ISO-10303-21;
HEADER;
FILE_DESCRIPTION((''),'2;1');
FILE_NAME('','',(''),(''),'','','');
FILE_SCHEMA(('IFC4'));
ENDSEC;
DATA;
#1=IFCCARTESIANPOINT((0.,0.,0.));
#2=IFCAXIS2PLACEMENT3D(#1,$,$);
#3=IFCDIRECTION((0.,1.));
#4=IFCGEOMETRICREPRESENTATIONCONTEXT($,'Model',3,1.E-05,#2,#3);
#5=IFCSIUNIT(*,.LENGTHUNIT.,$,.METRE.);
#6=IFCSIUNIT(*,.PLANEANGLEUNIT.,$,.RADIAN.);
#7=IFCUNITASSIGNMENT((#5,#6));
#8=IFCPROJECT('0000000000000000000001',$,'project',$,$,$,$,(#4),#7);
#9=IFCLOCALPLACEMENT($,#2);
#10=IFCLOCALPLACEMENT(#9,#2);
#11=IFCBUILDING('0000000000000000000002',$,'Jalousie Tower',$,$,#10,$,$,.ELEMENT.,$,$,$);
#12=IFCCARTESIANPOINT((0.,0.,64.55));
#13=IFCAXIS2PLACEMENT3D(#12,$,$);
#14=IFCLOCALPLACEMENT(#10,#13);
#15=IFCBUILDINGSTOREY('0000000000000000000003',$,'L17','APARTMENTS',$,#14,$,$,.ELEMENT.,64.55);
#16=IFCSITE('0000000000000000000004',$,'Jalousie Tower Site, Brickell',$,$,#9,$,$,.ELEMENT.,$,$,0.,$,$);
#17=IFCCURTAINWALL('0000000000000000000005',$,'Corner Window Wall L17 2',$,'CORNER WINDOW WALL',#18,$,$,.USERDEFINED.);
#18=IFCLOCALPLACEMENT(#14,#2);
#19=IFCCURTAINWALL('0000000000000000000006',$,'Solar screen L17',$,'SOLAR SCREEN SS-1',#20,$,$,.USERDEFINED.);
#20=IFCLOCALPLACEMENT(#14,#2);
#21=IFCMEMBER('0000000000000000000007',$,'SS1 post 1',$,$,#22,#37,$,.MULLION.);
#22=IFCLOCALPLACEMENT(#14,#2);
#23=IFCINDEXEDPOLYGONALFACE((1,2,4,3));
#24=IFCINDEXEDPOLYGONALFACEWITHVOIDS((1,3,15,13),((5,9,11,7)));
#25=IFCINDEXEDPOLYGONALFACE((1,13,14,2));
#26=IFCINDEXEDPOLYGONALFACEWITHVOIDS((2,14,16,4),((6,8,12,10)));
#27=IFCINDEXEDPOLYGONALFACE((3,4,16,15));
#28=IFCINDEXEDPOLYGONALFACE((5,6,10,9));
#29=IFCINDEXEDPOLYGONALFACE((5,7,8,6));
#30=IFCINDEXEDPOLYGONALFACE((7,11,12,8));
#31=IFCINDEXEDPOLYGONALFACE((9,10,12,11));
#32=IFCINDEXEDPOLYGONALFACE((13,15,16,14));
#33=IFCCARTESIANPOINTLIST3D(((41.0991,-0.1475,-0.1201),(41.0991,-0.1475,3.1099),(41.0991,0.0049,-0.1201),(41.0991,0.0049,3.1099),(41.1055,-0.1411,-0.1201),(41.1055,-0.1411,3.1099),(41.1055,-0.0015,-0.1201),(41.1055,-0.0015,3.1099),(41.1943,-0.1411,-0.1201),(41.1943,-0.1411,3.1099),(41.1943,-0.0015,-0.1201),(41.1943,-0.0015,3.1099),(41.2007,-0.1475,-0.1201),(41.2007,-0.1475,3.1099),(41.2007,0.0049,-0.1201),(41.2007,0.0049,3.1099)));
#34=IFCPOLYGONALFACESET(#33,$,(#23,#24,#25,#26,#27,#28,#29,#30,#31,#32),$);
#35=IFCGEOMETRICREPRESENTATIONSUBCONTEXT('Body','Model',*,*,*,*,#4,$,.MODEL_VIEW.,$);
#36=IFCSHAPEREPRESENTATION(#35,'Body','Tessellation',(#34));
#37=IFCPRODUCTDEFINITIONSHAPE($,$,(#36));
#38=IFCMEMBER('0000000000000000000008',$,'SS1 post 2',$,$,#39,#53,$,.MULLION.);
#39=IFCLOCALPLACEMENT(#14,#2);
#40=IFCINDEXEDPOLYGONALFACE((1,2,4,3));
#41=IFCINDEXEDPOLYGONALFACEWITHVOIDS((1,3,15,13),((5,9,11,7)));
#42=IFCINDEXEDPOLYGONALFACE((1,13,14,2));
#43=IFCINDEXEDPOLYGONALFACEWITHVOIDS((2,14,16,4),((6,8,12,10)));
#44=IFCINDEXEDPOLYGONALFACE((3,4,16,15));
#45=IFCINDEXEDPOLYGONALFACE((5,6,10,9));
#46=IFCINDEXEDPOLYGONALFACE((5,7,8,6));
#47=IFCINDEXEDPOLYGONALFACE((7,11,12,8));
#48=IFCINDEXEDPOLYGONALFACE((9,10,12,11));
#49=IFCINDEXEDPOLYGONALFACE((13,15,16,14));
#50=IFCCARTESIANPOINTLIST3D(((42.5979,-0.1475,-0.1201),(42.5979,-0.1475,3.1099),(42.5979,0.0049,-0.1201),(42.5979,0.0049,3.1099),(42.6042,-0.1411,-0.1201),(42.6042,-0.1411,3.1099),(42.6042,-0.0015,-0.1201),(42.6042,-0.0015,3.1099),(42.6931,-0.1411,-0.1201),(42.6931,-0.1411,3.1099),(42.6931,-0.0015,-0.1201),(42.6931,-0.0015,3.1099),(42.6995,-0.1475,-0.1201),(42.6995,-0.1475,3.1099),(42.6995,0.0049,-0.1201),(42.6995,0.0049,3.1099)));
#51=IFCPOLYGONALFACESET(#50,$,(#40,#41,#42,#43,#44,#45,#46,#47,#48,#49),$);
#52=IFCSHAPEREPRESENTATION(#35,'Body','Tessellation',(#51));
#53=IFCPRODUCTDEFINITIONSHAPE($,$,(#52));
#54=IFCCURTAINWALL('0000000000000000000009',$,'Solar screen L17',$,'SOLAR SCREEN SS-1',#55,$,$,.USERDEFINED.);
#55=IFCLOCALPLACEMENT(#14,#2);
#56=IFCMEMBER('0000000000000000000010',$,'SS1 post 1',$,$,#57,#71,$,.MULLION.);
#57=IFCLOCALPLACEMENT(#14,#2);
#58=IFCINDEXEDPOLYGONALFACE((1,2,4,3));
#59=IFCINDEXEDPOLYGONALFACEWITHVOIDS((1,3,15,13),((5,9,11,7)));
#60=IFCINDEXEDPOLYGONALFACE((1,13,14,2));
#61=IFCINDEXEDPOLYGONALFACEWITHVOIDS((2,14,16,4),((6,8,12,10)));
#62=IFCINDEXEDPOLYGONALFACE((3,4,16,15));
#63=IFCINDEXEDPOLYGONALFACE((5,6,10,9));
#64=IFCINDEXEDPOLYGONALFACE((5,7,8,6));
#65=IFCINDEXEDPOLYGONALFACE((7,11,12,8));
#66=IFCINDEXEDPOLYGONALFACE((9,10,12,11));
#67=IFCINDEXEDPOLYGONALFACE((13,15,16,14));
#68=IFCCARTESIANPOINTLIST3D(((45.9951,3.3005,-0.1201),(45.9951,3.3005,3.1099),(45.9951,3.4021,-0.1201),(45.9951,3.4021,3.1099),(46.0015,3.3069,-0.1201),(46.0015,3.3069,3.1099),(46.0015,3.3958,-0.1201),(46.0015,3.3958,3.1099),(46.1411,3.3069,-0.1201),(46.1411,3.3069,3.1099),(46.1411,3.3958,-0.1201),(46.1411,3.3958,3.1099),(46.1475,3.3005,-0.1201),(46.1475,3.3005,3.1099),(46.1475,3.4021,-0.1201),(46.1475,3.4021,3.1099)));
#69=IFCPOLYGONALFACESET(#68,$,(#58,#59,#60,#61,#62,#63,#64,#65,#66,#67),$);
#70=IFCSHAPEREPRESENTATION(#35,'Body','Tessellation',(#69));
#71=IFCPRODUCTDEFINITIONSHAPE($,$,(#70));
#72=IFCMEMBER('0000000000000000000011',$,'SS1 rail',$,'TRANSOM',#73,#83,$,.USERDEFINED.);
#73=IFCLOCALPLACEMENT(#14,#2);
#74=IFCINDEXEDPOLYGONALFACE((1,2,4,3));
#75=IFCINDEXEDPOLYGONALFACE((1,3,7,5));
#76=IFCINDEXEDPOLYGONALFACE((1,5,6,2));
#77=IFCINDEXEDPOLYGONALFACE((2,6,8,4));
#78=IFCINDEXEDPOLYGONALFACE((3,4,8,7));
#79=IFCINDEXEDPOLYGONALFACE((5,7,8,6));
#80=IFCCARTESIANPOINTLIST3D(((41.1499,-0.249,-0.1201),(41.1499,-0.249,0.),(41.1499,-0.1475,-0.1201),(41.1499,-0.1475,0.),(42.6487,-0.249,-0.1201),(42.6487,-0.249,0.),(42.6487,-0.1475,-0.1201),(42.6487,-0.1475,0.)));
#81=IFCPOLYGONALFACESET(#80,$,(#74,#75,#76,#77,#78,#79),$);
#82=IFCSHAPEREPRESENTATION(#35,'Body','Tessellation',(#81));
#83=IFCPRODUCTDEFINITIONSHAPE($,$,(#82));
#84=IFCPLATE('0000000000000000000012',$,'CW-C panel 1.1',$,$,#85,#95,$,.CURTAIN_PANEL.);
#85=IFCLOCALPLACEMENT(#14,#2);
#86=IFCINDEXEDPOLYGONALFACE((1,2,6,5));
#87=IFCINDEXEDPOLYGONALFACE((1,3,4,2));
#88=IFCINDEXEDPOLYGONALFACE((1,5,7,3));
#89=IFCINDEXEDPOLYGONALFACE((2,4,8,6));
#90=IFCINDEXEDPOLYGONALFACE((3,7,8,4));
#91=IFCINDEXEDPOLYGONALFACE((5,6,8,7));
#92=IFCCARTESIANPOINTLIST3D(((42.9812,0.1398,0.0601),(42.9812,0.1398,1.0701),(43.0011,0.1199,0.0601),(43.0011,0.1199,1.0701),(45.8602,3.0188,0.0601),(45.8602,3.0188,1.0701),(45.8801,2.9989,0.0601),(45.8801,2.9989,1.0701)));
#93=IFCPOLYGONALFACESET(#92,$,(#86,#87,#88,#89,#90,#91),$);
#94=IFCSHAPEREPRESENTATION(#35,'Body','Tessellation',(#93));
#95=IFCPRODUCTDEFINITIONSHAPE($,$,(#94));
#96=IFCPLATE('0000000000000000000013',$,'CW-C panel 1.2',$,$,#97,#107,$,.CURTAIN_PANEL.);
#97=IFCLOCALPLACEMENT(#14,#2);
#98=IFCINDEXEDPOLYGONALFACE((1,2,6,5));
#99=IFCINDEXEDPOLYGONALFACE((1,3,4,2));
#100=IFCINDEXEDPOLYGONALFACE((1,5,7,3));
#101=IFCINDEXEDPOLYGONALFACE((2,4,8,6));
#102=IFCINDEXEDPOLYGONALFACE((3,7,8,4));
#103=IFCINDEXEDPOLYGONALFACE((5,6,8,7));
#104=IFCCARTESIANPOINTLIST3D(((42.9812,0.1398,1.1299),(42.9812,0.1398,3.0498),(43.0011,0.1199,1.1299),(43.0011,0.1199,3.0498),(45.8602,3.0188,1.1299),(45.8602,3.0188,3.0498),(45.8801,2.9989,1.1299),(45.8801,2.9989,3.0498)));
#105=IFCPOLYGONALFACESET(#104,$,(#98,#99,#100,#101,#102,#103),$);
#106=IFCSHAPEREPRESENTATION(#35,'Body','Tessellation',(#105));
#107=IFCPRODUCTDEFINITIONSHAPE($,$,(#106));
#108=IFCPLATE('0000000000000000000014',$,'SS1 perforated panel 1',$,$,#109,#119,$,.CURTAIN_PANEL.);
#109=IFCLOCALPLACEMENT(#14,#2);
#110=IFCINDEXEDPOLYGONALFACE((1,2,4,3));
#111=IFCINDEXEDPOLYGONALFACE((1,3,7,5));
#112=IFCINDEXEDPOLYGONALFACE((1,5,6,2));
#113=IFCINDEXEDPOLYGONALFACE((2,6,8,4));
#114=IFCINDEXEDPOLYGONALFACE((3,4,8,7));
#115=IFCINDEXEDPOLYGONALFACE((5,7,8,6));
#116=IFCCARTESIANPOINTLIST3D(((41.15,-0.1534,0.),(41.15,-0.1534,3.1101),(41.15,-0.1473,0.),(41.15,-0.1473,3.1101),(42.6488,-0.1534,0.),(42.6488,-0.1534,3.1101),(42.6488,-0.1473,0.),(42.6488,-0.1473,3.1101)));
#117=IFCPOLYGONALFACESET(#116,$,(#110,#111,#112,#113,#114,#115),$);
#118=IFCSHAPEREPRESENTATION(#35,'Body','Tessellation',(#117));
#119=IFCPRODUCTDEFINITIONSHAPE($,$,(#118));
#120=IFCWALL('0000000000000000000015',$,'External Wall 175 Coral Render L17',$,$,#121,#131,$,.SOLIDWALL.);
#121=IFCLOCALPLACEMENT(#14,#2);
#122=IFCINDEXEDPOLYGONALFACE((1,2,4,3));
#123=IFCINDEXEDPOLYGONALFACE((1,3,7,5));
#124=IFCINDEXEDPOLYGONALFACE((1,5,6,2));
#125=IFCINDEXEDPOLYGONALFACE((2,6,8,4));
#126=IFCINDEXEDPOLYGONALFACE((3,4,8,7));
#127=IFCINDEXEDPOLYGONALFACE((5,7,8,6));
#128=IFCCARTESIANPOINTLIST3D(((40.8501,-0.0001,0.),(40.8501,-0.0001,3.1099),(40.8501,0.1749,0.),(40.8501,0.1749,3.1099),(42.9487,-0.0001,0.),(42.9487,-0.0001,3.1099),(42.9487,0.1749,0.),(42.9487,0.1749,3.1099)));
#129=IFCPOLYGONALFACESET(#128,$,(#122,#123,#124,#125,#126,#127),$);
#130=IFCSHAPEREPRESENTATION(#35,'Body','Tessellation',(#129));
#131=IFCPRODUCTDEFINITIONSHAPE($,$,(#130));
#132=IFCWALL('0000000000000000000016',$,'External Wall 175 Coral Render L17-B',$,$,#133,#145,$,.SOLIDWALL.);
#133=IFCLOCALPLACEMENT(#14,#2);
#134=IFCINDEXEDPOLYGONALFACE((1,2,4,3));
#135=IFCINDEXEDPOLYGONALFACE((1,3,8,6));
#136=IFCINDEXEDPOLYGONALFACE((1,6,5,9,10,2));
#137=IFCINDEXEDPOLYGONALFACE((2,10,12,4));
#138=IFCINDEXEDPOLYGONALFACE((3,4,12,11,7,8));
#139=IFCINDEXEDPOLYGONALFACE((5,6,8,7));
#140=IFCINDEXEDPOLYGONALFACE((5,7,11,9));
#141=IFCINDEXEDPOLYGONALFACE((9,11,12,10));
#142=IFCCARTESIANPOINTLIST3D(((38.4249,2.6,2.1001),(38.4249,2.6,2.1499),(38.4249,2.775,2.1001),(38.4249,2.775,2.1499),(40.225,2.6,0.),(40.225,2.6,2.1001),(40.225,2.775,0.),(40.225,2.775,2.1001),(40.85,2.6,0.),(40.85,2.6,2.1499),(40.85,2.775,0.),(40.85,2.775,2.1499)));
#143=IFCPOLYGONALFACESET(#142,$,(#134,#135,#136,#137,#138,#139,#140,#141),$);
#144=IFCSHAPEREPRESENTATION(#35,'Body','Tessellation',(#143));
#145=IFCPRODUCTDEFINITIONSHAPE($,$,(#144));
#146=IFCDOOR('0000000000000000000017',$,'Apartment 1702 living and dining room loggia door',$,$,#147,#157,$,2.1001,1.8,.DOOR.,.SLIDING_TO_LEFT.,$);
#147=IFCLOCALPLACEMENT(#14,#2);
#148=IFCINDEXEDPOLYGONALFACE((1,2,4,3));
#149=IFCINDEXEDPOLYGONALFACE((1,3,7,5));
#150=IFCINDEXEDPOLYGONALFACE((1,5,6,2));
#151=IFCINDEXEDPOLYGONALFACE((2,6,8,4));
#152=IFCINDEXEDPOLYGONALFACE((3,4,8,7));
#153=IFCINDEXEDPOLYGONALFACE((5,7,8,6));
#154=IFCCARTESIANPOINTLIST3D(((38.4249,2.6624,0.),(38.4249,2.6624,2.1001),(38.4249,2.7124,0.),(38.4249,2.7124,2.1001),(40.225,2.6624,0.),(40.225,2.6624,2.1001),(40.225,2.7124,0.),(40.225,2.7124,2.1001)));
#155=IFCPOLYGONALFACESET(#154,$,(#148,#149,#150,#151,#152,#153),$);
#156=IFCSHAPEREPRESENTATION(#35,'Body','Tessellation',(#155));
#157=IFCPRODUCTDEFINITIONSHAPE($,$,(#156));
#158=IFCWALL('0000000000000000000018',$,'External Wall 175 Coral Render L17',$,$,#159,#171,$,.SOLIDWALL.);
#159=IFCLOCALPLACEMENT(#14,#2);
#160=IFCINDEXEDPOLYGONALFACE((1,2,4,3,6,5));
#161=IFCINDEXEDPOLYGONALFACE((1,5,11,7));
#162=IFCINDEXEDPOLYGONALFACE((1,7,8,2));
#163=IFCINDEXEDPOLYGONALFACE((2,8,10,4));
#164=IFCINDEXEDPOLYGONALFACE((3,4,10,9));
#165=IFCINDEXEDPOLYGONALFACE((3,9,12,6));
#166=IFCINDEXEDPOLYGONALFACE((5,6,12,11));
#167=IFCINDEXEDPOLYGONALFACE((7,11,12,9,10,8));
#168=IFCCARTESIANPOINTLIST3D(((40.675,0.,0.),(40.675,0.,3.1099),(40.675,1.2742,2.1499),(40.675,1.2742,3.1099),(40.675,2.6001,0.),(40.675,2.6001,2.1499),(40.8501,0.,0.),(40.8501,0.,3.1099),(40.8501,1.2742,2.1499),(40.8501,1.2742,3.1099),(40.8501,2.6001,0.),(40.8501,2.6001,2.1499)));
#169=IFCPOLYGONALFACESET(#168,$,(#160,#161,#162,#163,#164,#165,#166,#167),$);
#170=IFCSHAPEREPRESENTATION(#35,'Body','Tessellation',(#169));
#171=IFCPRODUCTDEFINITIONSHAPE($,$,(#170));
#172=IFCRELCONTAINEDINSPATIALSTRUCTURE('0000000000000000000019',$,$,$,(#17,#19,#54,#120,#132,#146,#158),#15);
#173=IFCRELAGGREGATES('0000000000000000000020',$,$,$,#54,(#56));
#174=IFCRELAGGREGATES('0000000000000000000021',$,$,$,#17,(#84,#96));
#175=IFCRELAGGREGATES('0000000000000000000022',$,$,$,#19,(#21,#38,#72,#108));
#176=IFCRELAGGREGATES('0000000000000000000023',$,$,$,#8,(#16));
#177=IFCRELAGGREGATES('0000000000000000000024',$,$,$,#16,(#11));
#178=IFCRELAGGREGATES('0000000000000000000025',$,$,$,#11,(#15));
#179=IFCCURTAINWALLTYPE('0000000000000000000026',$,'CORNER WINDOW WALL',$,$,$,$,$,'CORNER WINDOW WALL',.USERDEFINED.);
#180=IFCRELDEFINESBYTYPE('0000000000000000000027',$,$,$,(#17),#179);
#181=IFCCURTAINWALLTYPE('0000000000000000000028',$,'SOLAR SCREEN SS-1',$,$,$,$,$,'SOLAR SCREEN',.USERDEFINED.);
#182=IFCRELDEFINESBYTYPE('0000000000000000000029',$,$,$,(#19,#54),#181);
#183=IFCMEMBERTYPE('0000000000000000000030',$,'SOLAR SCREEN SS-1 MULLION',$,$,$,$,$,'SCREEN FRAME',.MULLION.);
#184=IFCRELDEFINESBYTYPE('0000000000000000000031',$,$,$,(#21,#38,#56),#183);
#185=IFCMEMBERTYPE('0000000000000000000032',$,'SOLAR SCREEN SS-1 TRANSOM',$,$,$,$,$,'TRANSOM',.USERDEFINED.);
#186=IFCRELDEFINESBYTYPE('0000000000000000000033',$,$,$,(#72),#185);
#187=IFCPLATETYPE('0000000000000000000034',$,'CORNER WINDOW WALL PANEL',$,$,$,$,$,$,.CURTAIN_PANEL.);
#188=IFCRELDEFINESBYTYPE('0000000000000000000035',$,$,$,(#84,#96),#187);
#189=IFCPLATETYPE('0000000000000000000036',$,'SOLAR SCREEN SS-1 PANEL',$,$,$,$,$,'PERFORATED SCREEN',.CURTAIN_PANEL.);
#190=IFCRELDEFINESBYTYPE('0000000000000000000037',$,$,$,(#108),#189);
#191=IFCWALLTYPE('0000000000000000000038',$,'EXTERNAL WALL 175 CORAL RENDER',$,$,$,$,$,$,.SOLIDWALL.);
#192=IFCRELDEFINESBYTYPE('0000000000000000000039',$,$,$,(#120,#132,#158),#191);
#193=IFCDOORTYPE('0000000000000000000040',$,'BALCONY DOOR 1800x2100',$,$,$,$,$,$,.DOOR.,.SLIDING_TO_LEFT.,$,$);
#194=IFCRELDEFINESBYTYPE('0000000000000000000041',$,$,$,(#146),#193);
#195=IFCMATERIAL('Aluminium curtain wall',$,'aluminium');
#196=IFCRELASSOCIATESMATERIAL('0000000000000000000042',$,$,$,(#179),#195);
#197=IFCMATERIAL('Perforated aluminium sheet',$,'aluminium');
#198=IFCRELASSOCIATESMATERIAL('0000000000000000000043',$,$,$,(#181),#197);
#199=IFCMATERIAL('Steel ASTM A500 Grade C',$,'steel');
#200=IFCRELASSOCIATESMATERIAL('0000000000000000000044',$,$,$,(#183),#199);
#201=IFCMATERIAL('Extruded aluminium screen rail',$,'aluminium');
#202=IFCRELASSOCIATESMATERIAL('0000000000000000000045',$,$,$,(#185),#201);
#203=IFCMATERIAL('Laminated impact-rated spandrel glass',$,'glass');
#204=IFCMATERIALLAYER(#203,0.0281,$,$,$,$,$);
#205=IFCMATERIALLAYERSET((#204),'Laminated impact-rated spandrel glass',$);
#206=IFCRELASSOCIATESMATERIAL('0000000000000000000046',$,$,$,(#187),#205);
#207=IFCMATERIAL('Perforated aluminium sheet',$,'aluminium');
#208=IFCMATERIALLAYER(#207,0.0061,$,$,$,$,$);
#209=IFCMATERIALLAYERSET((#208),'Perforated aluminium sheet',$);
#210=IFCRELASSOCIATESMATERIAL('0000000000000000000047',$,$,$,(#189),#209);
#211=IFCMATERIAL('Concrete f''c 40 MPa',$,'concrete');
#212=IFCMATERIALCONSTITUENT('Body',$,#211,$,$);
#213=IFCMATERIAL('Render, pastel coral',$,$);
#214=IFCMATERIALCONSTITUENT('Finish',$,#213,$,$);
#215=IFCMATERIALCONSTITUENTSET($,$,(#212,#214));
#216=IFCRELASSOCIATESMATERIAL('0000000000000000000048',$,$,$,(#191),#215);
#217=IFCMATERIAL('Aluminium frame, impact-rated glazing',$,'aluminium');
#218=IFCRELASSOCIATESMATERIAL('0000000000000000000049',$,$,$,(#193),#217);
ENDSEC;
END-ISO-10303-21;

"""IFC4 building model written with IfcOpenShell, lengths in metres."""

from ifc_helpers import new_model, si_unit, direction, frame, frame_2d, origin, origin_2d, place, context, subcontext, project, spatial, polyline, rectangle, hollow_rectangle, outline, extrude, material, layer, layer_set, constituent, constituent_set, material_profile, profile_set, type_object, element, fill, aggregate, save


model = new_model("IFC4")

# Units and contexts
model_context = context("Model", 3, precision=1e-05, world=origin(), true_north=direction((0.0, 1.0)))
body_context = subcontext(model_context, "Body", "Model", "MODEL_VIEW")
ifc_project = project(units=[si_unit("LENGTHUNIT", "METRE"), si_unit("PLANEANGLEUNIT", "RADIAN")], contexts=[model_context])

# Site, building, storey
site_placement = place(None, origin())
site = spatial("IfcSite", under=ifc_project, at=site_placement, Name="Jalousie Tower Site, Brickell", CompositionType="ELEMENT", RefElevation=0.0)
building_placement = place(site_placement, origin())
building = spatial("IfcBuilding", under=site, at=building_placement, Name="Jalousie Tower", CompositionType="ELEMENT")
storey_placement = place(building_placement, frame((0.0, 0.0, 64.55)))
storey = spatial("IfcBuildingStorey", under=building, at=storey_placement, Name="L17", Description="APARTMENTS", CompositionType="ELEMENT", Elevation=64.55)

# Curtain wall
ifc_material_1 = material(Name="Aluminium curtain wall", Category="aluminium")
curtain_wall_type_1 = type_object("IfcCurtainWallType", Name="CORNER WINDOW WALL", ElementType="CORNER WINDOW WALL", PredefinedType="USERDEFINED", material=ifc_material_1)
curtain_wall_1_placement = place(storey_placement, origin())
curtain_wall_1 = element("IfcCurtainWall", 1, at=curtain_wall_1_placement, inside=storey, type_object=curtain_wall_type_1, Name="Corner Window Wall L17 2", ObjectType="CORNER WINDOW WALL", PredefinedType="USERDEFINED")

# Curtain wall, members
ifc_material_2 = material(Name="Perforated aluminium sheet", Category="aluminium")
curtain_wall_type_2 = type_object("IfcCurtainWallType", Name="SOLAR SCREEN SS-1", ElementType="SOLAR SCREEN", PredefinedType="USERDEFINED", material=ifc_material_2)
curtain_wall_2_placement = place(storey_placement, origin())
curtain_wall_2 = element("IfcCurtainWall", 2, at=curtain_wall_2_placement, inside=storey, type_object=curtain_wall_type_2, Name="Solar screen L17", ObjectType="SOLAR SCREEN SS-1", PredefinedType="USERDEFINED")
ifc_material_3 = material(Name="Steel ASTM A500 Grade C", Category="steel")
ifc_material_profile_1 = material_profile(ifc_material_3, hollow_rectangle(XDim=0.1016, YDim=0.1523, WallThickness=0.0063, at=origin_2d()), Name="HSS6X4X1/4")
ifc_profile_set_1 = profile_set([ifc_material_profile_1], Name="Steel ASTM A500 Grade C")
member_type_1 = type_object("IfcMemberType", Name="SOLAR SCREEN SS-1 MULLION", ElementType="SCREEN FRAME", PredefinedType="MULLION", material=ifc_profile_set_1)
member_1_placement = place(storey_placement, frame((41.1499, -0.0713, -0.1201), z_axis=(0.0, 0.0, 1.0), x_axis=(1.0, 0.0, 0.0)))
member_1 = element("IfcMember", 3, at=member_1_placement, type_object=member_type_1, Name="SS1 post 1", PredefinedType="MULLION", context=body_context, shape_type="SweptSolid", body=[
    extrude(hollow_rectangle(XDim=0.1016, YDim=0.1523, WallThickness=0.0063, at=origin_2d()), origin(), (0.0, 0.0, 1.0), 3.23),
])
member_2_placement = place(storey_placement, frame((42.6487, -0.0713, -0.1201), z_axis=(0.0, 0.0, 1.0), x_axis=(1.0, 0.0, 0.0)))
member_2 = element("IfcMember", 4, at=member_2_placement, type_object=member_type_1, Name="SS1 post 2", PredefinedType="MULLION", context=body_context, shape_type="SweptSolid", body=[
    extrude(hollow_rectangle(XDim=0.1016, YDim=0.1523, WallThickness=0.0063, at=origin_2d()), origin(), (0.0, 0.0, 1.0), 3.23),
])

# Curtain wall, member
curtain_wall_3_placement = place(storey_placement, origin())
curtain_wall_3 = element("IfcCurtainWall", 5, at=curtain_wall_3_placement, inside=storey, type_object=curtain_wall_type_2, Name="Solar screen L17", ObjectType="SOLAR SCREEN SS-1", PredefinedType="USERDEFINED")
member_3_placement = place(storey_placement, frame((46.0713, 3.3513, -0.1201), z_axis=(0.0, 0.0, 1.0), x_axis=(0.0, 1.0, 0.0)))
member_3 = element("IfcMember", 6, at=member_3_placement, type_object=member_type_1, Name="SS1 post 1", PredefinedType="MULLION", context=body_context, shape_type="SweptSolid", body=[
    extrude(hollow_rectangle(XDim=0.1016, YDim=0.1523, WallThickness=0.0063, at=origin_2d()), origin(), (0.0, 0.0, 1.0), 3.23),
])
aggregate(curtain_wall_3, [member_3])

# Member
ifc_material_4 = material(Name="Extruded aluminium screen rail", Category="aluminium")
ifc_material_profile_2 = material_profile(ifc_material_4, rectangle(XDim=0.1016, YDim=0.1201, at=origin_2d()), Name="RAIL 102x120")
ifc_profile_set_2 = profile_set([ifc_material_profile_2], Name="Extruded aluminium screen rail")
member_type_2 = type_object("IfcMemberType", Name="SOLAR SCREEN SS-1 TRANSOM", ElementType="TRANSOM", PredefinedType="USERDEFINED", material=ifc_profile_set_2)
member_4_placement = place(storey_placement, frame((41.1499, -0.1982, -0.0601), z_axis=(1.0, 0.0, 0.0), x_axis=(0.0, 1.0, 0.0)))
member_4 = element("IfcMember", 7, at=member_4_placement, type_object=member_type_2, Name="SS1 rail", ObjectType="TRANSOM", PredefinedType="USERDEFINED", context=body_context, shape_type="SweptSolid", body=[
    extrude(rectangle(XDim=0.1016, YDim=0.1201, at=origin_2d()), origin(), (0.0, 0.0, 1.0), 1.4988),
])

# Plates
ifc_material_5 = material(Name="Laminated impact-rated spandrel glass", Category="glass")
ifc_layer_1 = layer(ifc_material_5, 0.0281)
ifc_layer_set_1 = layer_set([ifc_layer_1], Name="Laminated impact-rated spandrel glass")
plate_type_1 = type_object("IfcPlateType", Name="CORNER WINDOW WALL PANEL", PredefinedType="CURTAIN_PANEL", material=ifc_layer_set_1)
plate_1_placement = place(storey_placement, frame((44.4307, 1.5693, 0.0601), z_axis=(0.0, 0.0, 1.0), x_axis=(0.707107, 0.707107, 0.0)))
plate_1 = element("IfcPlate", 8, at=plate_1_placement, type_object=plate_type_1, Name="CW-C panel 1.1", PredefinedType="CURTAIN_PANEL", context=body_context, shape_type="SweptSolid", body=[
    extrude(rectangle(XDim=4.0715, YDim=0.0281, at=origin_2d()), origin(), (0.0, 0.0, 1.0), 1.01),
])
plate_2_placement = place(storey_placement, frame((44.4307, 1.5693, 1.1299), z_axis=(0.0, 0.0, 1.0), x_axis=(0.707107, 0.707107, 0.0)))
plate_2 = element("IfcPlate", 9, at=plate_2_placement, type_object=plate_type_1, Name="CW-C panel 1.2", PredefinedType="CURTAIN_PANEL", context=body_context, shape_type="SweptSolid", body=[
    extrude(rectangle(XDim=4.0715, YDim=0.0281, at=origin_2d()), origin(), (0.0, 0.0, 1.0), 1.9199),
])
aggregate(curtain_wall_1, [plate_1, plate_2])
ifc_material_6 = material(Name="Perforated aluminium sheet", Category="aluminium")
ifc_layer_2 = layer(ifc_material_6, 0.0061)
ifc_layer_set_2 = layer_set([ifc_layer_2], Name="Perforated aluminium sheet")
plate_type_2 = type_object("IfcPlateType", Name="SOLAR SCREEN SS-1 PANEL", ElementType="PERFORATED SCREEN", PredefinedType="CURTAIN_PANEL", material=ifc_layer_set_2)
plate_3_placement = place(storey_placement, frame((41.8994, -0.1504, 0.0), z_axis=(0.0, 0.0, 1.0), x_axis=(1.0, 0.0, 0.0)))
plate_3 = element("IfcPlate", 10, at=plate_3_placement, type_object=plate_type_2, Name="SS1 perforated panel 1", PredefinedType="CURTAIN_PANEL", context=body_context, shape_type="SweptSolid", body=[
    extrude(rectangle(XDim=1.4988, YDim=0.0061, at=origin_2d()), origin(), (0.0, 0.0, 1.0), 3.1101),
])
aggregate(curtain_wall_2, [member_1, member_2, member_4, plate_3])

# Wall
ifc_material_7 = material(Name="Concrete f'c 40 MPa", Category="concrete")
ifc_constituent_1 = constituent(ifc_material_7, Name="Body")
ifc_material_8 = material(Name="Render, pastel coral")
ifc_constituent_2 = constituent(ifc_material_8, Name="Finish")
ifc_constituent_set = constituent_set(constituents=[ifc_constituent_1, ifc_constituent_2])
wall_type = type_object("IfcWallType", Name="EXTERNAL WALL 175 CORAL RENDER", PredefinedType="SOLIDWALL", material=ifc_constituent_set)
wall_1_placement = place(storey_placement, frame((40.8501, 0.0874, 0.0), z_axis=(0.0, 0.0, 1.0), x_axis=(1.0, 0.0, 0.0)))
element("IfcWall", 11, at=wall_1_placement, inside=storey, type_object=wall_type, Name="External Wall 175 Coral Render L17", PredefinedType="SOLIDWALL", context=body_context, shape_type="SweptSolid", body=[
    extrude(rectangle(XDim=2.0986, YDim=0.175, at=frame_2d((1.0493, 0.0))), origin(), (0.0, 0.0, 1.0), 3.1099),
])

# Wall, opening, door
wall_2_placement = place(storey_placement, frame((38.425, 2.6875, 0.0), z_axis=(0.0, 0.0, 1.0), x_axis=(1.0, 0.0, 0.0)))
wall_2 = element("IfcWall", 12, at=wall_2_placement, inside=storey, type_object=wall_type, Name="External Wall 175 Coral Render L17-B", PredefinedType="SOLIDWALL", context=body_context, shape_type="SweptSolid", body=[
    extrude(rectangle(XDim=2.425, YDim=0.175, at=frame_2d((1.2124, 0.0))), origin(), (0.0, 0.0, 1.0), 2.1499),
])
opening_1_placement = place(wall_2_placement, origin())
opening_1 = element("IfcOpeningElement", 13, at=opening_1_placement, cuts=wall_2, PredefinedType="OPENING", context=body_context, shape_type="SweptSolid", body=[
    extrude(rectangle(XDim=1.8, YDim=2.1001, at=frame_2d((0.8999, 1.05))), frame((0.0, 0.0974, 0.0), z_axis=(0.0, -1.0, 0.0), x_axis=(1.0, 0.0, 0.0)), (0.0, 0.0, 1.0), 0.1951),
])
ifc_material_9 = material(Name="Aluminium frame, impact-rated glazing", Category="aluminium")
door_type = type_object("IfcDoorType", Name="BALCONY DOOR 1800x2100", OperationType="SLIDING_TO_LEFT", PredefinedType="DOOR", material=ifc_material_9)
door_placement = place(opening_1_placement, origin())
door = element("IfcDoor", 14, at=door_placement, inside=storey, type_object=door_type, Name="Apartment 1702 living and dining room loggia door", OperationType="SLIDING_TO_LEFT", OverallHeight=2.1001, OverallWidth=1.8, PredefinedType="DOOR", context=body_context, shape_type="SweptSolid", body=[
    extrude(rectangle(XDim=1.8, YDim=2.1001, at=frame_2d((0.8999, 1.05))), frame((0.0, 0.0249, 0.0), z_axis=(0.0, -1.0, 0.0), x_axis=(1.0, 0.0, 0.0)), (0.0, 0.0, 1.0), 0.05),
])
fill(opening_1, door)

# Wall
wall_3_placement = place(storey_placement, frame((40.7625, 0.0, 0.0), z_axis=(0.0, 0.0, 1.0), x_axis=(0.0, 1.0, 0.0)))
element("IfcWall", 15, at=wall_3_placement, inside=storey, type_object=wall_type, Name="External Wall 175 Coral Render L17", PredefinedType="SOLIDWALL", context=body_context, shape_type="SweptSolid", body=[
    extrude(outline(polyline([(0.0, 0.0), (2.6001, 0.0), (2.6001, 2.1499), (1.2742, 2.1499), (1.2742, 3.1099), (0.0, 3.1099), (0.0, 0.0)])), frame((0.0, 0.0874, 0.0), z_axis=(0.0, -1.0, 0.0), x_axis=(1.0, 0.0, 0.0)), (0.0, 0.0, 1.0), 0.175),
])

save(model, "model.ifc")
